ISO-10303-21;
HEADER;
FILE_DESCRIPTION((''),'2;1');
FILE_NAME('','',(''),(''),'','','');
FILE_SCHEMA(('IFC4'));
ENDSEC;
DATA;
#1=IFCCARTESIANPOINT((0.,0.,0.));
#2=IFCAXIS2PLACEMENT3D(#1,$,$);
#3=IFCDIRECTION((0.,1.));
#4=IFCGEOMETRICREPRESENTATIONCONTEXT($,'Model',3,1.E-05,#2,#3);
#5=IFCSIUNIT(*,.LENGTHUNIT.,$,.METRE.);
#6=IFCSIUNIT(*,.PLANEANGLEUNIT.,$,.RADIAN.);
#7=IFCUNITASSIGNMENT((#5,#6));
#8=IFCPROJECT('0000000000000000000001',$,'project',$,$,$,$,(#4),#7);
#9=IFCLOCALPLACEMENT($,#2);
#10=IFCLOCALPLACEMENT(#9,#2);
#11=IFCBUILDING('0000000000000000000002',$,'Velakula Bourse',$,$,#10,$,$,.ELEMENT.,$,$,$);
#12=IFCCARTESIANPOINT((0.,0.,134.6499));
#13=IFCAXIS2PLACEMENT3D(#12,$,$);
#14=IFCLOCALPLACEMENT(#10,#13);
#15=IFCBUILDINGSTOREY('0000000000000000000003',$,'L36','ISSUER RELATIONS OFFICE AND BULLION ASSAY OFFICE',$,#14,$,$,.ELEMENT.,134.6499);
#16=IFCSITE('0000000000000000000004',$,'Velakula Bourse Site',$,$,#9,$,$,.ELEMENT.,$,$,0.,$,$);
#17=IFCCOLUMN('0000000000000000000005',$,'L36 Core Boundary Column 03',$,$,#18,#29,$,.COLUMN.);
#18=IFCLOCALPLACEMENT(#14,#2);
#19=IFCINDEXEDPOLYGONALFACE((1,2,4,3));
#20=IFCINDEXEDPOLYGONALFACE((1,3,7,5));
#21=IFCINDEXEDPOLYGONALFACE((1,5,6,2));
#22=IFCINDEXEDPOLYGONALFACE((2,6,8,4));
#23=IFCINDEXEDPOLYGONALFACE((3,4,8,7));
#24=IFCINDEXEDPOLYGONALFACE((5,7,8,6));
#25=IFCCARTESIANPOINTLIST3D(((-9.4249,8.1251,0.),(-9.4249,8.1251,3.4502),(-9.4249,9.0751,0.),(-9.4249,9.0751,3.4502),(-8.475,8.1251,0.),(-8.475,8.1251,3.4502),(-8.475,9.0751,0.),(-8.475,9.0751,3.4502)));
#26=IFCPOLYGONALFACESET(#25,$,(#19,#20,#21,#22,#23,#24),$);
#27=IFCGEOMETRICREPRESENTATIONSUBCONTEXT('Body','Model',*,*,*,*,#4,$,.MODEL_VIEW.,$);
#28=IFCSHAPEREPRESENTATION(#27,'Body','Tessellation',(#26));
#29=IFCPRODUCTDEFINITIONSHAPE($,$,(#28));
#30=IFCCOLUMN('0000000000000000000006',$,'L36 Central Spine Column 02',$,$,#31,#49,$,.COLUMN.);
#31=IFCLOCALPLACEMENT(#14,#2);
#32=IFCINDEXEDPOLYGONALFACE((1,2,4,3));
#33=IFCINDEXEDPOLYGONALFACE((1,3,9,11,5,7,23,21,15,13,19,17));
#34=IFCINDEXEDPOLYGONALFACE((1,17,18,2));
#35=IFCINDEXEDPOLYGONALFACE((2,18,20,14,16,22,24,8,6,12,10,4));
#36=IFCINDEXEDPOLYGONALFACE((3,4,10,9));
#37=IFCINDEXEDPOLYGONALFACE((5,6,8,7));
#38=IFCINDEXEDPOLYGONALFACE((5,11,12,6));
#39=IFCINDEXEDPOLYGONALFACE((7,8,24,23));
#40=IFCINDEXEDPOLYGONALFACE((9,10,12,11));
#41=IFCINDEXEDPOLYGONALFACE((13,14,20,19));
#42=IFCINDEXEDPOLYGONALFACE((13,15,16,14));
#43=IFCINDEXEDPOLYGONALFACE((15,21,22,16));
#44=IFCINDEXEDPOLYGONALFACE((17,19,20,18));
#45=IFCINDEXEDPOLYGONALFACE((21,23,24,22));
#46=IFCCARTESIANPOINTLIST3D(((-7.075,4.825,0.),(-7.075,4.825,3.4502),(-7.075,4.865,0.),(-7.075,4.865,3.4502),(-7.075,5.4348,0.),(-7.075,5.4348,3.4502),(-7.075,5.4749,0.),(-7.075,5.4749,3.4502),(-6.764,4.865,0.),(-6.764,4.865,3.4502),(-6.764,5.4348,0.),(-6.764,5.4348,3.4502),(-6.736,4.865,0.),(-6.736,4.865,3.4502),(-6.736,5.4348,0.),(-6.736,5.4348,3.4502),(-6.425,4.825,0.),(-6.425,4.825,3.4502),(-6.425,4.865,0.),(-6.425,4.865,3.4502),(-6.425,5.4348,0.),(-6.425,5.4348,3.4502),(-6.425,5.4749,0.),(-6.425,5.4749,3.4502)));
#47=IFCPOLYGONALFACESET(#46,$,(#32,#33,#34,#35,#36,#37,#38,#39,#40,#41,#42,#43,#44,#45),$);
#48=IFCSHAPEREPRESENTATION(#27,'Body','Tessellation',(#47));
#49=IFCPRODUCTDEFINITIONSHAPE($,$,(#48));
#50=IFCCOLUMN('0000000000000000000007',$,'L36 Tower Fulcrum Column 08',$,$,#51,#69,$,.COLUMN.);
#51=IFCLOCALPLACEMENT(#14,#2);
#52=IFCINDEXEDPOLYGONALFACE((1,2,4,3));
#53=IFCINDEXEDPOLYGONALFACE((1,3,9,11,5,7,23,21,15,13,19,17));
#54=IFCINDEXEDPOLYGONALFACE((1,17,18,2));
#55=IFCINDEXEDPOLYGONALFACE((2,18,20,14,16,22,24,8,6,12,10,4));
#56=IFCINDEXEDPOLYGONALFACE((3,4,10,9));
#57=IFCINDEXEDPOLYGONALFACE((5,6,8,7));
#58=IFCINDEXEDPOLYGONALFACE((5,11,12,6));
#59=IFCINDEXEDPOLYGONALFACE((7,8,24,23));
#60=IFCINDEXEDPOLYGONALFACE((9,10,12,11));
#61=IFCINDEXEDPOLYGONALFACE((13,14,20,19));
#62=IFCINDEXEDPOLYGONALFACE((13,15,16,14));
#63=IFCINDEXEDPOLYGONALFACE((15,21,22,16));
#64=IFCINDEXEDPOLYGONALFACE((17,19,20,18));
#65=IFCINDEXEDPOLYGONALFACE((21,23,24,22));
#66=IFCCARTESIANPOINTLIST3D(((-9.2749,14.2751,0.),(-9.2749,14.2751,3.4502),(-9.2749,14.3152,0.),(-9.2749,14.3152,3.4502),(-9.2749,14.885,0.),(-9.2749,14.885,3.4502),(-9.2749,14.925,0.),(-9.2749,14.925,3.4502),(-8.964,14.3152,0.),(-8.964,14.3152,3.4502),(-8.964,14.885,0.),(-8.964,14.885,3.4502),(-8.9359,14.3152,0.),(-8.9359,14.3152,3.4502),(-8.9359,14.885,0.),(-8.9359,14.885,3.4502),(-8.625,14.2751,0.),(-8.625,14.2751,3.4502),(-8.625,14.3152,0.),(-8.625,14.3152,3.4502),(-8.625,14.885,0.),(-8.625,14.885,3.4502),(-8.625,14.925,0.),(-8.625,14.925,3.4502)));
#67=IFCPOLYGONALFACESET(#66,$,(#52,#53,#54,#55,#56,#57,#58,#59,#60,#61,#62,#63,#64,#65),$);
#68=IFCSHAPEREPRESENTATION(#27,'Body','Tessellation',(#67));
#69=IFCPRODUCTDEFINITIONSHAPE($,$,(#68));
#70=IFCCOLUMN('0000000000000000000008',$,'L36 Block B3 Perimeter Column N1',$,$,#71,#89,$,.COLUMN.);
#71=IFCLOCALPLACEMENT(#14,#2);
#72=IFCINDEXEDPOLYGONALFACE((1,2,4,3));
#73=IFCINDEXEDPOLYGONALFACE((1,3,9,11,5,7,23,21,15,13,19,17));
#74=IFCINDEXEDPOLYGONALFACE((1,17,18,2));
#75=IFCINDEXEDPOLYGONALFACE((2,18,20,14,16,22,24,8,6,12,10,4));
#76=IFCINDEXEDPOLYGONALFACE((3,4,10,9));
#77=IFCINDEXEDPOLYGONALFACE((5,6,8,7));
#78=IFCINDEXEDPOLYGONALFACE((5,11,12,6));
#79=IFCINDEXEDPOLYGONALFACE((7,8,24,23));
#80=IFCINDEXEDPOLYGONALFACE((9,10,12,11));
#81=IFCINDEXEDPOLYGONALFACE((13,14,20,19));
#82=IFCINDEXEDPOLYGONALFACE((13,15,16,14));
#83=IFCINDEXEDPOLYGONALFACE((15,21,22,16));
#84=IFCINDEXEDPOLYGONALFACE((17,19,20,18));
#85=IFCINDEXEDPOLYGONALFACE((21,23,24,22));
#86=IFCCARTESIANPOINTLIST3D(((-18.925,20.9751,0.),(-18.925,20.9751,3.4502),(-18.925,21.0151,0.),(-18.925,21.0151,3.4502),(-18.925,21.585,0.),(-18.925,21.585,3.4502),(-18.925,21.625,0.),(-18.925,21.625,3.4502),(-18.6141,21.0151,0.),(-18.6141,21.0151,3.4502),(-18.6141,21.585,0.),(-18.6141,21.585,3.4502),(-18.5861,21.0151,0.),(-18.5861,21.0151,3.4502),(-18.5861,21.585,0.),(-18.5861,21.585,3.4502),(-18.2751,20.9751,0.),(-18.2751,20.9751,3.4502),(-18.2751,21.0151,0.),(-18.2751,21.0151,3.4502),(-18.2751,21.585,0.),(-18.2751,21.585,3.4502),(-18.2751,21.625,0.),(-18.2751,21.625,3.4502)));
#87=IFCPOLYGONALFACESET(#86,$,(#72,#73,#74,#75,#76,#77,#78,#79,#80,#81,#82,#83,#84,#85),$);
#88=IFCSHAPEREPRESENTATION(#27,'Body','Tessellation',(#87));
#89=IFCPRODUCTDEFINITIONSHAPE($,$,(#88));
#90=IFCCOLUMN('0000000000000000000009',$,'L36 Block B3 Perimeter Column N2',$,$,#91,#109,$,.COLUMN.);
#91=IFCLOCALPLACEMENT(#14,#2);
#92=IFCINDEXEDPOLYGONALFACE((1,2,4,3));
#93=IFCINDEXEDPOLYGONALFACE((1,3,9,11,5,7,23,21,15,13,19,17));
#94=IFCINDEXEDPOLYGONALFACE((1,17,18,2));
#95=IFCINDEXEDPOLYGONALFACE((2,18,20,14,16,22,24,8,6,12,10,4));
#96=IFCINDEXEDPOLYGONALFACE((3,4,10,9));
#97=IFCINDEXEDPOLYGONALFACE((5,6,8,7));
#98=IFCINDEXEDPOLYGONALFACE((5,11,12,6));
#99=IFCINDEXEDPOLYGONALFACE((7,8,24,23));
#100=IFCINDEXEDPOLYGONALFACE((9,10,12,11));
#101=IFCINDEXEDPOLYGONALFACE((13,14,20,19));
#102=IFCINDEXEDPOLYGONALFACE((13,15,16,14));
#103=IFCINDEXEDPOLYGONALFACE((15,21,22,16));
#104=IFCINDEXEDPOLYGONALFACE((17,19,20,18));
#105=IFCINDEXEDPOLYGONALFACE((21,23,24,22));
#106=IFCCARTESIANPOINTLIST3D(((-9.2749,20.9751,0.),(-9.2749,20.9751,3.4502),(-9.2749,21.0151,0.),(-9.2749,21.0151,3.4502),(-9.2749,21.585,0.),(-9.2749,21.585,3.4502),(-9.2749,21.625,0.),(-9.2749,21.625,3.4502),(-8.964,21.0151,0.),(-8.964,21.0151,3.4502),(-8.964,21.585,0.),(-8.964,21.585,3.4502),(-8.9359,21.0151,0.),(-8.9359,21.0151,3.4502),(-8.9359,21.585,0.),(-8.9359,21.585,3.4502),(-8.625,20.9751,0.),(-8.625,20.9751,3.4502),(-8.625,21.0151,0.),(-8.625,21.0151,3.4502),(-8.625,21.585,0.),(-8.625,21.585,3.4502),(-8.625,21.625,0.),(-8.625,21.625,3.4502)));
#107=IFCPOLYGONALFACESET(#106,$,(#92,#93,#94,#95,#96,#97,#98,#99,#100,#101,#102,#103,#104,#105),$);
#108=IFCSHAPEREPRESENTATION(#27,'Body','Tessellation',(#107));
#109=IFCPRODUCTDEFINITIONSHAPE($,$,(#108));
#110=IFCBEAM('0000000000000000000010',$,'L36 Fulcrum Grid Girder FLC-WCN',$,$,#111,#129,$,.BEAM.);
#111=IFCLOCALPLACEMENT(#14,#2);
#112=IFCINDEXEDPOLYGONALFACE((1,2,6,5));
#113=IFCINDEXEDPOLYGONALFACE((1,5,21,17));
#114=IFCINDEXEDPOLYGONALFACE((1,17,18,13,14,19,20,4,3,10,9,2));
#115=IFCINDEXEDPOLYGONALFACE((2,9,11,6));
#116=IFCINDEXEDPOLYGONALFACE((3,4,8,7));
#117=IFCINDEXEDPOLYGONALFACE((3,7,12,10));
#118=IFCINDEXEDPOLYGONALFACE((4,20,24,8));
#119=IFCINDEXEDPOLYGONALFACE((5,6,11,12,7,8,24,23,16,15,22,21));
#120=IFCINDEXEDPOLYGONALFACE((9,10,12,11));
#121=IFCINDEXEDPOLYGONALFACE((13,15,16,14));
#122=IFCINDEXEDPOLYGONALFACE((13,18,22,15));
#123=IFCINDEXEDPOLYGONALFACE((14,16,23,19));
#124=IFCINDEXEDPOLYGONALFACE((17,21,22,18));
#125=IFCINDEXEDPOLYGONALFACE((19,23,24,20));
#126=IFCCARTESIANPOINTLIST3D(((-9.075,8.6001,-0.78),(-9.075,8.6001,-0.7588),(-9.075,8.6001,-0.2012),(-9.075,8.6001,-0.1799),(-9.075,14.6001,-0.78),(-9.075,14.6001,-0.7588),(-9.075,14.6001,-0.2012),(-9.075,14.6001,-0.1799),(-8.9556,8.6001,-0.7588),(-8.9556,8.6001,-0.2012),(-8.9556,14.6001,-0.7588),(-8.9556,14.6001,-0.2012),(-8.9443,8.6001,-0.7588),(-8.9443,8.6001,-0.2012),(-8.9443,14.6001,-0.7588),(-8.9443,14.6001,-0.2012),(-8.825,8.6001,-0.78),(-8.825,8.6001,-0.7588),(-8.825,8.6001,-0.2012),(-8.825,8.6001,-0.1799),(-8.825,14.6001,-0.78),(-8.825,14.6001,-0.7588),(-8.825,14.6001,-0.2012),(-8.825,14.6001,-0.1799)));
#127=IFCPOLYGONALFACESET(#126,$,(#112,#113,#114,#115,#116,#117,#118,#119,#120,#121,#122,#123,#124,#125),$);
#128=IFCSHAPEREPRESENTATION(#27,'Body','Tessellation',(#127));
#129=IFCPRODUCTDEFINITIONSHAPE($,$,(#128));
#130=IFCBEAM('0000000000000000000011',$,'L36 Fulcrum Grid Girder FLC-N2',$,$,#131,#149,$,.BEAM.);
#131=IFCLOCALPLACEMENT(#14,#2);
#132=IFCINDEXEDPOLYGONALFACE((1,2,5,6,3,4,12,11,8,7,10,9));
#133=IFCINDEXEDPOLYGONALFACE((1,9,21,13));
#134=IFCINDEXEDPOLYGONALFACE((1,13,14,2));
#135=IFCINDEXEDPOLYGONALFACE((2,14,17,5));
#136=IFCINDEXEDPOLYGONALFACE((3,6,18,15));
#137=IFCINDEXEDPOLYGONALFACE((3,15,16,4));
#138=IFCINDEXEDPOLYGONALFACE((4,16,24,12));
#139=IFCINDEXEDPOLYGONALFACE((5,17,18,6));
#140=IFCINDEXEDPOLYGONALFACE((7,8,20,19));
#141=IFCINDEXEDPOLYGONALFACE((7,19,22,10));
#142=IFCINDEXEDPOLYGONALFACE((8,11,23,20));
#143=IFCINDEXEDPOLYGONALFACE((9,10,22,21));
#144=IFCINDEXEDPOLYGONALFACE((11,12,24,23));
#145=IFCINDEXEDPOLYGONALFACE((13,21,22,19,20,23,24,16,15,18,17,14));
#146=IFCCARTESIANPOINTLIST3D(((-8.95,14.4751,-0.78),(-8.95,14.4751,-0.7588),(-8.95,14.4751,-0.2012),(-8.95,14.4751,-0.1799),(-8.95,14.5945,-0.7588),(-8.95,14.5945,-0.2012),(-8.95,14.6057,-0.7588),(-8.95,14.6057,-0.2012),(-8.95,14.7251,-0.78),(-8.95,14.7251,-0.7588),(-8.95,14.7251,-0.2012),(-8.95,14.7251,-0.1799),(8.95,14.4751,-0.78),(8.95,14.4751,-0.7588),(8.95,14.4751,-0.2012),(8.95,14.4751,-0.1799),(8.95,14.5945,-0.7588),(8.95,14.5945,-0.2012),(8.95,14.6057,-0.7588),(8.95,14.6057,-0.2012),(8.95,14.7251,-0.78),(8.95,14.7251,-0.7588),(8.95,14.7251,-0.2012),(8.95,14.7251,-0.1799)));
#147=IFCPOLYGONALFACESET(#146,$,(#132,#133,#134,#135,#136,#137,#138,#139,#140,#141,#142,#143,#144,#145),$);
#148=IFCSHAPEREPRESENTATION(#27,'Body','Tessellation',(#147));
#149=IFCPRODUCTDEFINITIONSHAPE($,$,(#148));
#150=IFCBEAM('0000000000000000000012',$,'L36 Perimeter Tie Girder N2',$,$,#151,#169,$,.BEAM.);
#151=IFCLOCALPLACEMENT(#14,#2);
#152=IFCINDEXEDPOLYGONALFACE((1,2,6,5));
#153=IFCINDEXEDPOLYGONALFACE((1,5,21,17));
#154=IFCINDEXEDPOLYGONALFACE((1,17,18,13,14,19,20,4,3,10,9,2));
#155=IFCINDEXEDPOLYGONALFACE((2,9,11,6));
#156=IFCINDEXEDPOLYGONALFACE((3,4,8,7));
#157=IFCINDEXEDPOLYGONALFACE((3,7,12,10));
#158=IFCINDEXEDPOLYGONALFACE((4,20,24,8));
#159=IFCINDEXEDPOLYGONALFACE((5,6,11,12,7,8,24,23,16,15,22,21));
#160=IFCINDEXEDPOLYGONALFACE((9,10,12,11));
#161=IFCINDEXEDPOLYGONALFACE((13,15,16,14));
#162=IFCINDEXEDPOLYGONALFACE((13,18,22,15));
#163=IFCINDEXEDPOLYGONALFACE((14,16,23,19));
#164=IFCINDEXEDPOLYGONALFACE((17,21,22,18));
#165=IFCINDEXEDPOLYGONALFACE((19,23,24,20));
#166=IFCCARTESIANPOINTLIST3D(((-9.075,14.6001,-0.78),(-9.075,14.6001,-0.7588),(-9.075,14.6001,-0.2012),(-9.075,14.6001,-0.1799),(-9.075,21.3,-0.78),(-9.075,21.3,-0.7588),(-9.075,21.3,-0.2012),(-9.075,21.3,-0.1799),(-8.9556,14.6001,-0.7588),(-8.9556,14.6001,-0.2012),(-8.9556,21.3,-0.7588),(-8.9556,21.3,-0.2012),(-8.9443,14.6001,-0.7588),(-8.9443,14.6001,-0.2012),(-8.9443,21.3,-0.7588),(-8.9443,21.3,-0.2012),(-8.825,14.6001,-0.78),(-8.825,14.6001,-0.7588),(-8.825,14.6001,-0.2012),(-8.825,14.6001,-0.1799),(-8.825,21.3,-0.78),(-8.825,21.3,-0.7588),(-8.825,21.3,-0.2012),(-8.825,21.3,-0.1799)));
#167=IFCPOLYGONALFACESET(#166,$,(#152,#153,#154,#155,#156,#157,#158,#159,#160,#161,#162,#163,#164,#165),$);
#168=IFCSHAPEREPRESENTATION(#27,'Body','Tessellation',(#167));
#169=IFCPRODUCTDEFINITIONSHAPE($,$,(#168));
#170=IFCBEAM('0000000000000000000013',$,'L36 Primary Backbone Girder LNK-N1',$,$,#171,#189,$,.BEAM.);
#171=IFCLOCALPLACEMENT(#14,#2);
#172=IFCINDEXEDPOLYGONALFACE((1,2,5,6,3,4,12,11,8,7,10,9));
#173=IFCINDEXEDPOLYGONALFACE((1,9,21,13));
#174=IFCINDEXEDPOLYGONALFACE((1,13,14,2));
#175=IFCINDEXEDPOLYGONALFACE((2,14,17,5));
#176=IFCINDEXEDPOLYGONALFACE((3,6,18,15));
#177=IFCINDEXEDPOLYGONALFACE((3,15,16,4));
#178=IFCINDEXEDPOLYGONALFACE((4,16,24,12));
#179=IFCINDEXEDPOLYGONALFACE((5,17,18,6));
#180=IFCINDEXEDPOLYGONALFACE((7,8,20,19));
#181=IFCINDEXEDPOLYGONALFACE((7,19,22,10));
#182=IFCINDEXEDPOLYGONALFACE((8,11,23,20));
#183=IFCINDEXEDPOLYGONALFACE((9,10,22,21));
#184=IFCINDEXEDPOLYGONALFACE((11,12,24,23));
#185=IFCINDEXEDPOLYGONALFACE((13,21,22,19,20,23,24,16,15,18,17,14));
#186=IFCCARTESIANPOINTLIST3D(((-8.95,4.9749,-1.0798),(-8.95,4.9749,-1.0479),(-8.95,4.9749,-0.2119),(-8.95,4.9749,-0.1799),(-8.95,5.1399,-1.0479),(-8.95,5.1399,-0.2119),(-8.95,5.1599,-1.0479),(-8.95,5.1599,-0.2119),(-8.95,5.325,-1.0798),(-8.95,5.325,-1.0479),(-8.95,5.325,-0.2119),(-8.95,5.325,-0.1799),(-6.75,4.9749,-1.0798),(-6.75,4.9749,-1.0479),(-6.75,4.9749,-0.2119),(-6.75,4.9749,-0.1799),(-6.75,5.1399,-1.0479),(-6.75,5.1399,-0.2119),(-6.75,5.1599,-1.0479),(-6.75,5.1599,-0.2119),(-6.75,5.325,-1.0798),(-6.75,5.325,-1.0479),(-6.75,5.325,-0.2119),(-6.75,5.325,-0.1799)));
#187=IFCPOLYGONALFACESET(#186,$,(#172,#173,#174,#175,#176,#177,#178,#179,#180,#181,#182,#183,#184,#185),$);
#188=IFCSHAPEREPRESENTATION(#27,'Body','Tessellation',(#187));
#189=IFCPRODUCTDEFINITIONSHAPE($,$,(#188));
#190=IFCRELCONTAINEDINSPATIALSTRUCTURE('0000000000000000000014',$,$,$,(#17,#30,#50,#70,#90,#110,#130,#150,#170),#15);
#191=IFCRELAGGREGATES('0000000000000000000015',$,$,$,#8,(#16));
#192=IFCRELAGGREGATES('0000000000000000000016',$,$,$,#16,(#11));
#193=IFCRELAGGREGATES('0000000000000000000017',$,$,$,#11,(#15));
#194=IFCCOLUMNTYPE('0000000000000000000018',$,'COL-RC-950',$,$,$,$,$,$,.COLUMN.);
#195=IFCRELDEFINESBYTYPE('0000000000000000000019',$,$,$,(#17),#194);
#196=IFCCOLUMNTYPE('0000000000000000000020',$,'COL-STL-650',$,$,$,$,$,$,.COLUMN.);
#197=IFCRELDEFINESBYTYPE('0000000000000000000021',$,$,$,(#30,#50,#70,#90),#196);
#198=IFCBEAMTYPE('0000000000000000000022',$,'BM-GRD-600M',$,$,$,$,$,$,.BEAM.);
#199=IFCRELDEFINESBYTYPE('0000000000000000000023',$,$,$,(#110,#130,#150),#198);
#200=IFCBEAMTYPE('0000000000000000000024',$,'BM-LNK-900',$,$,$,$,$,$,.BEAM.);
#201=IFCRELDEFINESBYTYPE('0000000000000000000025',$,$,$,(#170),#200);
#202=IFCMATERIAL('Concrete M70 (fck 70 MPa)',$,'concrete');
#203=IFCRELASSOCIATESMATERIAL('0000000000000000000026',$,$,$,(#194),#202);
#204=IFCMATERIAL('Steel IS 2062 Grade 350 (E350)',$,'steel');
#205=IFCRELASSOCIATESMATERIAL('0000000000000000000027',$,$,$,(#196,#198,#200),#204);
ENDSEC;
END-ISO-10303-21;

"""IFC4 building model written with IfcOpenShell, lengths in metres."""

from ifc_helpers import new_model, si_unit, direction, frame, origin, origin_2d, place, context, subcontext, project, spatial, rectangle, i_section, extrude, material, material_profile, profile_set, type_object, element, save


model = new_model("IFC4")

# Units and contexts
model_context = context("Model", 3, precision=1e-05, world=origin(), true_north=direction((0.0, 1.0)))
body_context = subcontext(model_context, "Body", "Model", "MODEL_VIEW")
ifc_project = project(units=[si_unit("LENGTHUNIT", "METRE"), si_unit("PLANEANGLEUNIT", "RADIAN")], contexts=[model_context])

# Site, building, storey
site_placement = place(None, origin())
site = spatial("IfcSite", under=ifc_project, at=site_placement, Name="Velakula Bourse Site", CompositionType="ELEMENT", RefElevation=0.0)
building_placement = place(site_placement, origin())
building = spatial("IfcBuilding", under=site, at=building_placement, Name="Velakula Bourse", CompositionType="ELEMENT")
storey_placement = place(building_placement, frame((0.0, 0.0, 134.6499)))
storey = spatial("IfcBuildingStorey", under=building, at=storey_placement, Name="L36", Description="ISSUER RELATIONS OFFICE AND BULLION ASSAY OFFICE", CompositionType="ELEMENT", Elevation=134.6499)

# Columns
ifc_material_1 = material(Name="Concrete M70 (fck 70 MPa)", Category="concrete")
ifc_material_profile_1 = material_profile(ifc_material_1, rectangle(XDim=0.95, YDim=0.95, at=origin_2d()), Name="Concrete M70 (fck 70 MPa)")
ifc_profile_set_1 = profile_set([ifc_material_profile_1], Name="Concrete M70 (fck 70 MPa)")
column_type_1 = type_object("IfcColumnType", Name="COL-RC-950", PredefinedType="COLUMN", material=ifc_profile_set_1)
column_placement = place(storey_placement, frame((-8.95, 8.6001, 0.0), z_axis=(0.0, 0.0, 1.0), x_axis=(1.0, 0.0, 0.0)))
element("IfcColumn", 1, at=column_placement, inside=storey, type_object=column_type_1, Name="L36 Core Boundary Column 03", PredefinedType="COLUMN", context=body_context, shape_type="SweptSolid", body=[
    extrude(rectangle(XDim=0.95, YDim=0.95, at=origin_2d()), origin(), (0.0, 0.0, 1.0), 3.4502),
])
ifc_material_2 = material(Name="Steel IS 2062 Grade 350 (E350)", Category="steel")
ifc_material_profile_2 = material_profile(ifc_material_2, i_section(OverallWidth=0.6499, OverallDepth=0.6499, WebThickness=0.0281, FlangeThickness=0.04, at=origin_2d()), Name="Steel IS 2062 Grade 350 (E350)")
ifc_profile_set_2 = profile_set([ifc_material_profile_2], Name="Steel IS 2062 Grade 350 (E350)")
column_type_2 = type_object("IfcColumnType", Name="COL-STL-650", PredefinedType="COLUMN", material=ifc_profile_set_2)
for number, where, z_axis, x_axis, name in (
    (2, (-6.75, 5.1499, 0.0), (0.0, 0.0, 1.0), (1.0, 0.0, 0.0), "L36 Central Spine Column 02"),
    (3, (-8.95, 14.6001, 0.0), (0.0, 0.0, 1.0), (1.0, 0.0, 0.0), "L36 Tower Fulcrum Column 08"),
    (4, (-18.6001, 21.3, 0.0), (0.0, 0.0, 1.0), (1.0, 0.0, 0.0), "L36 Block B3 Perimeter Column N1"),
    (5, (-8.95, 21.3, 0.0), (0.0, 0.0, 1.0), (1.0, 0.0, 0.0), "L36 Block B3 Perimeter Column N2"),
):
    element("IfcColumn", number, at=place(storey_placement, frame(where, z_axis=z_axis, x_axis=x_axis)), inside=storey, type_object=column_type_2, Name=name, PredefinedType="COLUMN", context=body_context, shape_type="SweptSolid", body=[
        extrude(i_section(OverallWidth=0.6499, OverallDepth=0.6499, WebThickness=0.0281, FlangeThickness=0.04, at=origin_2d()), origin(), (0.0, 0.0, 1.0), 3.4502),
    ])

# Beams
ifc_material_profile_3 = material_profile(ifc_material_2, i_section(OverallWidth=0.25, OverallDepth=0.6001, WebThickness=0.0112, FlangeThickness=0.0212, at=origin_2d()), Name="Steel IS 2062 Grade 350 (E350)")
ifc_profile_set_3 = profile_set([ifc_material_profile_3], Name="Steel IS 2062 Grade 350 (E350)")
beam_type_1 = type_object("IfcBeamType", Name="BM-GRD-600M", PredefinedType="BEAM", material=ifc_profile_set_3)
beam_1_placement = place(storey_placement, frame((-8.95, 8.6001, -0.48), z_axis=(0.0, 1.0, 0.0), x_axis=(-1.0, 0.0, 0.0)))
element("IfcBeam", 6, at=beam_1_placement, inside=storey, type_object=beam_type_1, Name="L36 Fulcrum Grid Girder FLC-WCN", PredefinedType="BEAM", context=body_context, shape_type="SweptSolid", body=[
    extrude(i_section(OverallWidth=0.25, OverallDepth=0.6001, WebThickness=0.0112, FlangeThickness=0.0212, at=origin_2d()), origin(), (0.0, 0.0, 1.0), 6.0),
])
beam_2_placement = place(storey_placement, frame((-8.95, 14.6001, -0.48), z_axis=(1.0, 0.0, 0.0), x_axis=(0.0, 1.0, 0.0)))
element("IfcBeam", 7, at=beam_2_placement, inside=storey, type_object=beam_type_1, Name="L36 Fulcrum Grid Girder FLC-N2", PredefinedType="BEAM", context=body_context, shape_type="SweptSolid", body=[
    extrude(i_section(OverallWidth=0.25, OverallDepth=0.6001, WebThickness=0.0112, FlangeThickness=0.0212, at=origin_2d()), origin(), (0.0, 0.0, 1.0), 17.8999),
])
beam_3_placement = place(storey_placement, frame((-8.95, 14.6001, -0.48), z_axis=(0.0, 1.0, 0.0), x_axis=(-1.0, 0.0, 0.0)))
element("IfcBeam", 8, at=beam_3_placement, inside=storey, type_object=beam_type_1, Name="L36 Perimeter Tie Girder N2", PredefinedType="BEAM", context=body_context, shape_type="SweptSolid", body=[
    extrude(i_section(OverallWidth=0.25, OverallDepth=0.6001, WebThickness=0.0112, FlangeThickness=0.0212, at=origin_2d()), origin(), (0.0, 0.0, 1.0), 6.7),
])
ifc_material_profile_4 = material_profile(ifc_material_2, i_section(OverallWidth=0.3501, OverallDepth=0.8999, WebThickness=0.02, FlangeThickness=0.032, at=origin_2d()), Name="Steel IS 2062 Grade 350 (E350)")
ifc_profile_set_4 = profile_set([ifc_material_profile_4], Name="Steel IS 2062 Grade 350 (E350)")
beam_type_2 = type_object("IfcBeamType", Name="BM-LNK-900", PredefinedType="BEAM", material=ifc_profile_set_4)
beam_4_placement = place(storey_placement, frame((-8.95, 5.1499, -0.6299), z_axis=(1.0, 0.0, 0.0), x_axis=(0.0, 1.0, 0.0)))
element("IfcBeam", 9, at=beam_4_placement, inside=storey, type_object=beam_type_2, Name="L36 Primary Backbone Girder LNK-N1", PredefinedType="BEAM", context=body_context, shape_type="SweptSolid", body=[
    extrude(i_section(OverallWidth=0.3501, OverallDepth=0.8999, WebThickness=0.02, FlangeThickness=0.032, at=origin_2d()), origin(), (0.0, 0.0, 1.0), 2.2),
])

save(model, "model.ifc")
